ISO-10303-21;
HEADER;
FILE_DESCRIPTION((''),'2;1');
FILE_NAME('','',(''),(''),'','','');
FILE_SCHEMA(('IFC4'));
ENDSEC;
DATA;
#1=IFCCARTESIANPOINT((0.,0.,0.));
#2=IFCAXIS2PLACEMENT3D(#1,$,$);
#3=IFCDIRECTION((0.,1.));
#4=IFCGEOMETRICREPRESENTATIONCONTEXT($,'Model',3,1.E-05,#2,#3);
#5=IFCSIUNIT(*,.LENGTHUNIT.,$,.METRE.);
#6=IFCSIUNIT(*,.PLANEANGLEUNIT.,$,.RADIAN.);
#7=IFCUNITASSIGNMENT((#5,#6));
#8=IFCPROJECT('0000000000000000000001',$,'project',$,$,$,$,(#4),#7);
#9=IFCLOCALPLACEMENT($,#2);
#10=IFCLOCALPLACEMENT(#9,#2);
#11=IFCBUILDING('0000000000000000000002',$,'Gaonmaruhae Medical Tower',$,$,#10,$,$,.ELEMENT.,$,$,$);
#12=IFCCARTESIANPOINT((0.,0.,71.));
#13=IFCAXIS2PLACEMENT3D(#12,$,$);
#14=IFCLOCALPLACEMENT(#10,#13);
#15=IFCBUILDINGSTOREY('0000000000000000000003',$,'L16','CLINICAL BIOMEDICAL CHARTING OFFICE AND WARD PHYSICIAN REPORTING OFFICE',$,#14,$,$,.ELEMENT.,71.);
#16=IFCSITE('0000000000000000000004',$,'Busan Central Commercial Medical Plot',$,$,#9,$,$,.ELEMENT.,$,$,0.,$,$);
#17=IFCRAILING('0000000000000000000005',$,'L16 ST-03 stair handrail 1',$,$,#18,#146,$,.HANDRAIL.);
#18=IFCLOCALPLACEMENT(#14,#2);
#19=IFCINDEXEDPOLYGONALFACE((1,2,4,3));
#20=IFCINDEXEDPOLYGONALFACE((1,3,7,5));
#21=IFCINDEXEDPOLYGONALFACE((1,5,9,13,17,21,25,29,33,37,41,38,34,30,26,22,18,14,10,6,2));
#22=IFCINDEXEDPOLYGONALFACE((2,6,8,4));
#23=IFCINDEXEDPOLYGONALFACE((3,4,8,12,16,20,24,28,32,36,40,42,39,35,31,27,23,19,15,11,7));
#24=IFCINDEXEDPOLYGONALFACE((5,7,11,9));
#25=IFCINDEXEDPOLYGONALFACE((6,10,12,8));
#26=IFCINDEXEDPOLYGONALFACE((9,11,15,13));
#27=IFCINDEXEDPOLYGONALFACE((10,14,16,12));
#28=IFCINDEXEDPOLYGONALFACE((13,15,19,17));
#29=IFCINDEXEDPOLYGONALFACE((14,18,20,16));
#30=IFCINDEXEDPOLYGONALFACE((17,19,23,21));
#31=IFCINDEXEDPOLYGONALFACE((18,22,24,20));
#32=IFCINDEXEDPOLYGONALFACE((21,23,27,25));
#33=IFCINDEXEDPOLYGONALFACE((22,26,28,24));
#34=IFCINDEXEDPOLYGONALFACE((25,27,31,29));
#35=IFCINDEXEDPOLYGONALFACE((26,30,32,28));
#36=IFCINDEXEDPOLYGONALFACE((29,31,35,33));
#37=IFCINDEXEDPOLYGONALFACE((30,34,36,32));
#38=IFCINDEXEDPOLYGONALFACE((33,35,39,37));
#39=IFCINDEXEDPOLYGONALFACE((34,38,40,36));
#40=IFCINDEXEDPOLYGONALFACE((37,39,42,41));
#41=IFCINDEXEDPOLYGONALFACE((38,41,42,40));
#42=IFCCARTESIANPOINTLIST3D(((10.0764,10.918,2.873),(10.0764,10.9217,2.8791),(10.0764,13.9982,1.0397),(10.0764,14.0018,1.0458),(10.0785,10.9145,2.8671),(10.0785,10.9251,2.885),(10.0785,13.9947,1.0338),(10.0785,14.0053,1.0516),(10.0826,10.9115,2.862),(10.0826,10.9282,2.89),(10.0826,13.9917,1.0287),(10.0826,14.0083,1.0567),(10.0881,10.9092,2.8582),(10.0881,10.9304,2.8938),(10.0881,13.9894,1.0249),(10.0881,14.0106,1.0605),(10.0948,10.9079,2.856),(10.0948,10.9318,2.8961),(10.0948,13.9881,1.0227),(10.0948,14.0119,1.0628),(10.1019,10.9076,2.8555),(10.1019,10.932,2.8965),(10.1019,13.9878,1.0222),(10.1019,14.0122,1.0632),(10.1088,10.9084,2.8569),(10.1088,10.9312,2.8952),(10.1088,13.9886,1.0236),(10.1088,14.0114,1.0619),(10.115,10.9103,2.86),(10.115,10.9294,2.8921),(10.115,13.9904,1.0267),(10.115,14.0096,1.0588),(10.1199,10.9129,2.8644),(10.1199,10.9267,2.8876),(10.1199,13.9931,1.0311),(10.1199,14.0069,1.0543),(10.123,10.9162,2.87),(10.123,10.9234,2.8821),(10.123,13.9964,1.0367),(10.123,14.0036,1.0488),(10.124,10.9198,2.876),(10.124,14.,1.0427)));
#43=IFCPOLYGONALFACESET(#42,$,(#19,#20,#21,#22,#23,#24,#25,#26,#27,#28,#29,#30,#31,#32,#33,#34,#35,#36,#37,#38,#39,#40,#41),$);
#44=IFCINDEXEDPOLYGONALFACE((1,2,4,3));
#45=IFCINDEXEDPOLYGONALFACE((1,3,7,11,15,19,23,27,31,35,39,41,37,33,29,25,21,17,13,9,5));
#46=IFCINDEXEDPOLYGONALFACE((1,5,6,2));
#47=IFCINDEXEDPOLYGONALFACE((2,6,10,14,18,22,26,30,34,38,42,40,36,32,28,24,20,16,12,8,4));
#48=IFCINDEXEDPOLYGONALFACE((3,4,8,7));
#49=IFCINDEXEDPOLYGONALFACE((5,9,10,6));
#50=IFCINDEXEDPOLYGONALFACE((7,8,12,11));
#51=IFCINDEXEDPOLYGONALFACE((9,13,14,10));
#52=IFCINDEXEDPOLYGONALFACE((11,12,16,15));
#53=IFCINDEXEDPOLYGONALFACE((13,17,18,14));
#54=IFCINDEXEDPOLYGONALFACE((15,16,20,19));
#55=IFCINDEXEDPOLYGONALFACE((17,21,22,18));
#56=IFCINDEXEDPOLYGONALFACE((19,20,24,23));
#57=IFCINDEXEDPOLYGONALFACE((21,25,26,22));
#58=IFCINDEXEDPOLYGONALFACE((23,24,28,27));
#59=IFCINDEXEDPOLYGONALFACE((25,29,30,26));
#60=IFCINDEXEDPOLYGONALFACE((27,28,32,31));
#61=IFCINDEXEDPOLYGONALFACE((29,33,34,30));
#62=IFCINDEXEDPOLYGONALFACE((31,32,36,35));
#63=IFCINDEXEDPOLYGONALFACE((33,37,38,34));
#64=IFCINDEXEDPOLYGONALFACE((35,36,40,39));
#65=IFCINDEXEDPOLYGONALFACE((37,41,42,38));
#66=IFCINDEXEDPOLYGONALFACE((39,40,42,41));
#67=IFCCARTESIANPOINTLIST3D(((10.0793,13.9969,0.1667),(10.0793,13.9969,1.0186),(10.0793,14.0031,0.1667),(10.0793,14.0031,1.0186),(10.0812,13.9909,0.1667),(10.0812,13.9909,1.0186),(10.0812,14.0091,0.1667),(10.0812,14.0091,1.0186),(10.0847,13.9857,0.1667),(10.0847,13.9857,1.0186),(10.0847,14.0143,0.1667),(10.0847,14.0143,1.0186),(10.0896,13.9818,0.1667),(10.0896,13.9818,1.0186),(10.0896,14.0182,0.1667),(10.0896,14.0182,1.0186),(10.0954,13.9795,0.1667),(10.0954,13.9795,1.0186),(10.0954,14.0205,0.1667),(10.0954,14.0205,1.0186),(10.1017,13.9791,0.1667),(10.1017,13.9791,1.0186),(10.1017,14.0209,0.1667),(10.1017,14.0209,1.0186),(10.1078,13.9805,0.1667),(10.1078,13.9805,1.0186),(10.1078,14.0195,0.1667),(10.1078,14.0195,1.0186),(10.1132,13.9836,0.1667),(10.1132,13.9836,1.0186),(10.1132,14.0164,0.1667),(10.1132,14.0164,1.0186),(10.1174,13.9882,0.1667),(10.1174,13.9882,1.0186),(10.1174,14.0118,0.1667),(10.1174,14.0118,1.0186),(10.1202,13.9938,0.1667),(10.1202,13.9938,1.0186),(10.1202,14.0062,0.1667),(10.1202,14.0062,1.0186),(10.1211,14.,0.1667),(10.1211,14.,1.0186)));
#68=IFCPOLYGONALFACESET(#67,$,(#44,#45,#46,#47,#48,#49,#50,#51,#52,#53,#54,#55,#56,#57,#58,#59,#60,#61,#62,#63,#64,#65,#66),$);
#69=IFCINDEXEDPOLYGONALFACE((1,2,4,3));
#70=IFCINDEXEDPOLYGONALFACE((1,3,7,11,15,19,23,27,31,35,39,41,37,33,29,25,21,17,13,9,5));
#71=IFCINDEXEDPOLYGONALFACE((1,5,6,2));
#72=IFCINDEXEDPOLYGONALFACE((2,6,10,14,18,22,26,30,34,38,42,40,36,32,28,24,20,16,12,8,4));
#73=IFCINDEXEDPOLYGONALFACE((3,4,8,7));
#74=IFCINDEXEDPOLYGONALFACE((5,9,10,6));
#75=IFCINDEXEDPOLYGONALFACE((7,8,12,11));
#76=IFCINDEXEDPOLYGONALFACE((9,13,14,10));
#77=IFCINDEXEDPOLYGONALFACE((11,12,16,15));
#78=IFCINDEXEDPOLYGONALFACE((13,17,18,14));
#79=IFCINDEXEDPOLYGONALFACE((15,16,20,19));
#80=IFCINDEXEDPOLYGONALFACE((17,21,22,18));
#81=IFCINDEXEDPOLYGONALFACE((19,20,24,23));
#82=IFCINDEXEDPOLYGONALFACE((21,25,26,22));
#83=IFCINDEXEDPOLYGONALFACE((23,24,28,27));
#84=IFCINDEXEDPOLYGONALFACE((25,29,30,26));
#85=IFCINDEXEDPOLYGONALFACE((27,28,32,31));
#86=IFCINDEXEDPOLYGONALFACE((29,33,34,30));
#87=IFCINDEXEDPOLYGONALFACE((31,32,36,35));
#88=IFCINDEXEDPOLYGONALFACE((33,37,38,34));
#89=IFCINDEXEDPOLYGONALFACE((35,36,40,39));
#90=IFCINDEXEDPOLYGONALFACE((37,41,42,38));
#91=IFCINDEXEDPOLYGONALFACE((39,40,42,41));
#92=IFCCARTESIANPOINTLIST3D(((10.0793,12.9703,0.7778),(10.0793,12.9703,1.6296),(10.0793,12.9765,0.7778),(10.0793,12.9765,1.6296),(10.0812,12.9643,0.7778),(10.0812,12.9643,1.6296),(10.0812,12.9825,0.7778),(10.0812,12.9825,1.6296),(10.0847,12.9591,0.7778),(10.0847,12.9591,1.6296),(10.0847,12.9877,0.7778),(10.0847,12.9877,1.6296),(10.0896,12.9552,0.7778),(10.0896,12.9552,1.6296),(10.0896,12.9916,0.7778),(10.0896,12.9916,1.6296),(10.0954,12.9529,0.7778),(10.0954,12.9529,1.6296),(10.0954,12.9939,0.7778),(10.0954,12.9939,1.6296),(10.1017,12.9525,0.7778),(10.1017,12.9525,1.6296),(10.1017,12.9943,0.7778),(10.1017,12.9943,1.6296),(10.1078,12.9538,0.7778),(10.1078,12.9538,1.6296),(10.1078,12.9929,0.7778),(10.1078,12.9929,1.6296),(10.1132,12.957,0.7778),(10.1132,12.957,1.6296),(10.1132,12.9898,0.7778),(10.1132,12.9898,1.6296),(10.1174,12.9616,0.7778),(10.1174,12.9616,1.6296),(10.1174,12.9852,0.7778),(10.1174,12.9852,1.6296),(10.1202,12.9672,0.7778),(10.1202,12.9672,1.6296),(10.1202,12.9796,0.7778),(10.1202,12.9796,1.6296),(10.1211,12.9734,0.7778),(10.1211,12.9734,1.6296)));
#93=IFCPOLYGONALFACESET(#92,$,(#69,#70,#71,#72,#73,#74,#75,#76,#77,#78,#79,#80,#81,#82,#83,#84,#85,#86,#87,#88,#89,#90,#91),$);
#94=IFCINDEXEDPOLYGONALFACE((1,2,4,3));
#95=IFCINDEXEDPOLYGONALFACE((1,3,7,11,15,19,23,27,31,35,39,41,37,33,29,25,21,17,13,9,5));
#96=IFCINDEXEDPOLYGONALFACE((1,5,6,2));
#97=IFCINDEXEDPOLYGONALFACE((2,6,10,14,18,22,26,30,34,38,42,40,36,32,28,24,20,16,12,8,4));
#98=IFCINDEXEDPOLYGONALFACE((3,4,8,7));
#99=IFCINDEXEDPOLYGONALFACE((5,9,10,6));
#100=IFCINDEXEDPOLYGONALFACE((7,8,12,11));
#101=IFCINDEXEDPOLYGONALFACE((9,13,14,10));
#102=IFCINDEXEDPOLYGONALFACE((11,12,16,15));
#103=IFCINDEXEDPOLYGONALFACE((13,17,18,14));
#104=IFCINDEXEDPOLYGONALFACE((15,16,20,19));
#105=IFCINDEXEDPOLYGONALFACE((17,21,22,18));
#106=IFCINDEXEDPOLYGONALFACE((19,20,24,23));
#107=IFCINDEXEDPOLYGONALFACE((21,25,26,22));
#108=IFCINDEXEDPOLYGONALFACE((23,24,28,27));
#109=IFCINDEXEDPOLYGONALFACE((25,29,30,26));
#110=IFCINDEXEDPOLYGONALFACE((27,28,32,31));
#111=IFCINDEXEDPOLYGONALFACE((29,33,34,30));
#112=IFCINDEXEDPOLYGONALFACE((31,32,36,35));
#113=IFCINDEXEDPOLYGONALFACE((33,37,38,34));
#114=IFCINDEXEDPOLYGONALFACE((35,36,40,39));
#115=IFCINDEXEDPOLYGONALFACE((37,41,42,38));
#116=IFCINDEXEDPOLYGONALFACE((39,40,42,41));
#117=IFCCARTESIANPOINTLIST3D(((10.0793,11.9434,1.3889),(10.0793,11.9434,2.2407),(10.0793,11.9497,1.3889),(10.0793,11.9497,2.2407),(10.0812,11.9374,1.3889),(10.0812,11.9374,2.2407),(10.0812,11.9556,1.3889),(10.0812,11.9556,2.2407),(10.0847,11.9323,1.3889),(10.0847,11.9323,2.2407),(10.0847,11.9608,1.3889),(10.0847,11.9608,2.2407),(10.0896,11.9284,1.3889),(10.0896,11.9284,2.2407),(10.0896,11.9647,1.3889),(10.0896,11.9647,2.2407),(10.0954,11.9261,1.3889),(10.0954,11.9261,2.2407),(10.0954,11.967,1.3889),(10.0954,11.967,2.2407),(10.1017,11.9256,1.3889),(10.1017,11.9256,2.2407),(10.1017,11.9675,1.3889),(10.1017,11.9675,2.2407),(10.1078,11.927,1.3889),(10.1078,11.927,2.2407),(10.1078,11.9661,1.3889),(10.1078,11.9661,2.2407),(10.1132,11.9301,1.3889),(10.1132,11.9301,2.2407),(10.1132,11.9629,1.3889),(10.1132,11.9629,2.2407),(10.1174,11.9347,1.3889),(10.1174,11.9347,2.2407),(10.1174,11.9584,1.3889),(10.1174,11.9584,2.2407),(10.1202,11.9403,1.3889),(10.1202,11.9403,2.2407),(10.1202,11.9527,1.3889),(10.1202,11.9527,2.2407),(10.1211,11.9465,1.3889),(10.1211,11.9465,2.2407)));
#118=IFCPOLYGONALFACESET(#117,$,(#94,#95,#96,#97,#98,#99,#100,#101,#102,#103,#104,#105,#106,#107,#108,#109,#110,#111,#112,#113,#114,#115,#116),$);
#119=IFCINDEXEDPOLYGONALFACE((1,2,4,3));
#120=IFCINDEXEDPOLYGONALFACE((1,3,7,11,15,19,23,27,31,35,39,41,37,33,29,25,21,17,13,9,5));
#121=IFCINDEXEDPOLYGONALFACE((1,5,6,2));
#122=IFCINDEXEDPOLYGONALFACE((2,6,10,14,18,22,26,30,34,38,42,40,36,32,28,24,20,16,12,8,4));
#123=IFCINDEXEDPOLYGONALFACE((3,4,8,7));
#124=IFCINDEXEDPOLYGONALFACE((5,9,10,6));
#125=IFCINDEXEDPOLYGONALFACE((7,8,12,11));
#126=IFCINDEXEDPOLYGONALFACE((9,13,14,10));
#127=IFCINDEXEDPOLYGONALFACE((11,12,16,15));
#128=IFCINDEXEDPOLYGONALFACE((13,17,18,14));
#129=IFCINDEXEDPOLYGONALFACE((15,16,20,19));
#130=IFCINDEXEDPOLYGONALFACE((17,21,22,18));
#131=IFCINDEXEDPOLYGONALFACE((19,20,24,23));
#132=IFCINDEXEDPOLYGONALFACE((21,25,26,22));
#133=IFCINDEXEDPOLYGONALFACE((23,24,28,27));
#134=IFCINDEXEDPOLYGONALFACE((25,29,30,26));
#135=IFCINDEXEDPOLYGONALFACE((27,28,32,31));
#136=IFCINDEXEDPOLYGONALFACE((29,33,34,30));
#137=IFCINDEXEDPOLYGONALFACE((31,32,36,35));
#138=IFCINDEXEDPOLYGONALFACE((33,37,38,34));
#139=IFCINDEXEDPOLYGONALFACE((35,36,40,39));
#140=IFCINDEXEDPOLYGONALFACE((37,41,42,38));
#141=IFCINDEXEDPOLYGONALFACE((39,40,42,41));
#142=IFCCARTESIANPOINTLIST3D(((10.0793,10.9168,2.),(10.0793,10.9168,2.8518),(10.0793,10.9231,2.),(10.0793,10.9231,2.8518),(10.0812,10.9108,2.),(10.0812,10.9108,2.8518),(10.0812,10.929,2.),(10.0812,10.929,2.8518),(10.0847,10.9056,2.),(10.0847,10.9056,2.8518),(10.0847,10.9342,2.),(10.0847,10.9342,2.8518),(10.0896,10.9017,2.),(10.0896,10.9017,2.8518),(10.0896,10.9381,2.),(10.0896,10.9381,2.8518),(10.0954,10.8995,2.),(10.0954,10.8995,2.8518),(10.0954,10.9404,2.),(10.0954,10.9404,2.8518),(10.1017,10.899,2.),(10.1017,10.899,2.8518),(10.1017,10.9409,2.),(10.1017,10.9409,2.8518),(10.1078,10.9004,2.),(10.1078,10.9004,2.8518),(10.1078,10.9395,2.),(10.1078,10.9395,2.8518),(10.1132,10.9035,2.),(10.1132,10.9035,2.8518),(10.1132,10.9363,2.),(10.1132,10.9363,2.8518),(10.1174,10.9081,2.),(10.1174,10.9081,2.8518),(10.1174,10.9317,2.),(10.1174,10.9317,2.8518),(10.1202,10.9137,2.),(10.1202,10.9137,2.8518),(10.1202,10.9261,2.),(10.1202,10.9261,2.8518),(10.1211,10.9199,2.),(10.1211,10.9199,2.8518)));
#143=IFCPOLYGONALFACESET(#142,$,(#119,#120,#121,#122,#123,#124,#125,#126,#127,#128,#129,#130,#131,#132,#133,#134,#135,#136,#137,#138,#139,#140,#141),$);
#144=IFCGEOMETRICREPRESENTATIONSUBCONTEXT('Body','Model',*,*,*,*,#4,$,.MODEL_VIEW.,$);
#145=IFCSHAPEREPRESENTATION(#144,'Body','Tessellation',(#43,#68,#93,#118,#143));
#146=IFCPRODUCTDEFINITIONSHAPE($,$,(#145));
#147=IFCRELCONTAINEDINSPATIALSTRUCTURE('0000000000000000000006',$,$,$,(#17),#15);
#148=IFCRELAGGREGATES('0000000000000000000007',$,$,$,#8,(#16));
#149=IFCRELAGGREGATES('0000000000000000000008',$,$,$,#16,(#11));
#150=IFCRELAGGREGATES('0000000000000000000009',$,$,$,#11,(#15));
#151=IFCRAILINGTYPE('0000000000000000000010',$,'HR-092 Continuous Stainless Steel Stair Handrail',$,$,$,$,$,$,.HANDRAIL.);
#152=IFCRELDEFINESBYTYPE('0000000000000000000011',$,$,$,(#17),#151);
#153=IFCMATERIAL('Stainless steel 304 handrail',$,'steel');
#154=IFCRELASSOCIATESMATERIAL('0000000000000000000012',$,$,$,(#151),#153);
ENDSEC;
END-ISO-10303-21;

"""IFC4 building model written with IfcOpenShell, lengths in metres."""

from ifc_helpers import new_model, si_unit, direction, frame, origin, origin_2d, place, context, subcontext, project, spatial, circle, extrude, material, type_object, element, save


model = new_model("IFC4")

# Units and contexts
model_context = context("Model", 3, precision=1e-05, world=origin(), true_north=direction((0.0, 1.0)))
body_context = subcontext(model_context, "Body", "Model", "MODEL_VIEW")
ifc_project = project(units=[si_unit("LENGTHUNIT", "METRE"), si_unit("PLANEANGLEUNIT", "RADIAN")], contexts=[model_context])

# Site, building, storey
site_placement = place(None, origin())
site = spatial("IfcSite", under=ifc_project, at=site_placement, Name="Busan Central Commercial Medical Plot", CompositionType="ELEMENT", RefElevation=0.0)
building_placement = place(site_placement, origin())
building = spatial("IfcBuilding", under=site, at=building_placement, Name="Gaonmaruhae Medical Tower", CompositionType="ELEMENT")
storey_placement = place(building_placement, frame((0.0, 0.0, 71.0)))
storey = spatial("IfcBuildingStorey", under=building, at=storey_placement, Name="L16", Description="CLINICAL BIOMEDICAL CHARTING OFFICE AND WARD PHYSICIAN REPORTING OFFICE", CompositionType="ELEMENT", Elevation=71.0)

# Railing
ifc_material_1 = material(Name="Stainless steel 304 handrail", Category="steel")
railing_type_1 = type_object("IfcRailingType", Name="HR-092 Continuous Stainless Steel Stair Handrail", PredefinedType="HANDRAIL", material=ifc_material_1)
railing_1_placement = place(storey_placement, frame((10.1001, 14.0, 0.1667)))
element("IfcRailing", 1, at=railing_1_placement, inside=storey, type_object=railing_type_1, Name="L16 ST-03 stair handrail 1", PredefinedType="HANDRAIL", context=body_context, shape_type="SweptSolid", body=[
    extrude(circle(Radius=0.0239, at=origin_2d()), frame((0.0, 0.0, 0.876), z_axis=(0.0, -0.859309, 0.511458), x_axis=(1.0, 0.0, 0.0)), (0.0, 0.0, 1.0), 3.5845),
    extrude(circle(Radius=0.021, at=origin_2d()), origin(), (0.0, 0.0, 1.0), 0.8518),
    extrude(circle(Radius=0.021, at=origin_2d()), frame((0.0, -1.0266, 0.6111)), (0.0, 0.0, 1.0), 0.8518),
    extrude(circle(Radius=0.021, at=origin_2d()), frame((0.0, -2.0535, 1.2222)), (0.0, 0.0, 1.0), 0.8518),
    extrude(circle(Radius=0.021, at=origin_2d()), frame((0.0, -3.0801, 1.8333)), (0.0, 0.0, 1.0), 0.8518),
])

save(model, "model.ifc")
